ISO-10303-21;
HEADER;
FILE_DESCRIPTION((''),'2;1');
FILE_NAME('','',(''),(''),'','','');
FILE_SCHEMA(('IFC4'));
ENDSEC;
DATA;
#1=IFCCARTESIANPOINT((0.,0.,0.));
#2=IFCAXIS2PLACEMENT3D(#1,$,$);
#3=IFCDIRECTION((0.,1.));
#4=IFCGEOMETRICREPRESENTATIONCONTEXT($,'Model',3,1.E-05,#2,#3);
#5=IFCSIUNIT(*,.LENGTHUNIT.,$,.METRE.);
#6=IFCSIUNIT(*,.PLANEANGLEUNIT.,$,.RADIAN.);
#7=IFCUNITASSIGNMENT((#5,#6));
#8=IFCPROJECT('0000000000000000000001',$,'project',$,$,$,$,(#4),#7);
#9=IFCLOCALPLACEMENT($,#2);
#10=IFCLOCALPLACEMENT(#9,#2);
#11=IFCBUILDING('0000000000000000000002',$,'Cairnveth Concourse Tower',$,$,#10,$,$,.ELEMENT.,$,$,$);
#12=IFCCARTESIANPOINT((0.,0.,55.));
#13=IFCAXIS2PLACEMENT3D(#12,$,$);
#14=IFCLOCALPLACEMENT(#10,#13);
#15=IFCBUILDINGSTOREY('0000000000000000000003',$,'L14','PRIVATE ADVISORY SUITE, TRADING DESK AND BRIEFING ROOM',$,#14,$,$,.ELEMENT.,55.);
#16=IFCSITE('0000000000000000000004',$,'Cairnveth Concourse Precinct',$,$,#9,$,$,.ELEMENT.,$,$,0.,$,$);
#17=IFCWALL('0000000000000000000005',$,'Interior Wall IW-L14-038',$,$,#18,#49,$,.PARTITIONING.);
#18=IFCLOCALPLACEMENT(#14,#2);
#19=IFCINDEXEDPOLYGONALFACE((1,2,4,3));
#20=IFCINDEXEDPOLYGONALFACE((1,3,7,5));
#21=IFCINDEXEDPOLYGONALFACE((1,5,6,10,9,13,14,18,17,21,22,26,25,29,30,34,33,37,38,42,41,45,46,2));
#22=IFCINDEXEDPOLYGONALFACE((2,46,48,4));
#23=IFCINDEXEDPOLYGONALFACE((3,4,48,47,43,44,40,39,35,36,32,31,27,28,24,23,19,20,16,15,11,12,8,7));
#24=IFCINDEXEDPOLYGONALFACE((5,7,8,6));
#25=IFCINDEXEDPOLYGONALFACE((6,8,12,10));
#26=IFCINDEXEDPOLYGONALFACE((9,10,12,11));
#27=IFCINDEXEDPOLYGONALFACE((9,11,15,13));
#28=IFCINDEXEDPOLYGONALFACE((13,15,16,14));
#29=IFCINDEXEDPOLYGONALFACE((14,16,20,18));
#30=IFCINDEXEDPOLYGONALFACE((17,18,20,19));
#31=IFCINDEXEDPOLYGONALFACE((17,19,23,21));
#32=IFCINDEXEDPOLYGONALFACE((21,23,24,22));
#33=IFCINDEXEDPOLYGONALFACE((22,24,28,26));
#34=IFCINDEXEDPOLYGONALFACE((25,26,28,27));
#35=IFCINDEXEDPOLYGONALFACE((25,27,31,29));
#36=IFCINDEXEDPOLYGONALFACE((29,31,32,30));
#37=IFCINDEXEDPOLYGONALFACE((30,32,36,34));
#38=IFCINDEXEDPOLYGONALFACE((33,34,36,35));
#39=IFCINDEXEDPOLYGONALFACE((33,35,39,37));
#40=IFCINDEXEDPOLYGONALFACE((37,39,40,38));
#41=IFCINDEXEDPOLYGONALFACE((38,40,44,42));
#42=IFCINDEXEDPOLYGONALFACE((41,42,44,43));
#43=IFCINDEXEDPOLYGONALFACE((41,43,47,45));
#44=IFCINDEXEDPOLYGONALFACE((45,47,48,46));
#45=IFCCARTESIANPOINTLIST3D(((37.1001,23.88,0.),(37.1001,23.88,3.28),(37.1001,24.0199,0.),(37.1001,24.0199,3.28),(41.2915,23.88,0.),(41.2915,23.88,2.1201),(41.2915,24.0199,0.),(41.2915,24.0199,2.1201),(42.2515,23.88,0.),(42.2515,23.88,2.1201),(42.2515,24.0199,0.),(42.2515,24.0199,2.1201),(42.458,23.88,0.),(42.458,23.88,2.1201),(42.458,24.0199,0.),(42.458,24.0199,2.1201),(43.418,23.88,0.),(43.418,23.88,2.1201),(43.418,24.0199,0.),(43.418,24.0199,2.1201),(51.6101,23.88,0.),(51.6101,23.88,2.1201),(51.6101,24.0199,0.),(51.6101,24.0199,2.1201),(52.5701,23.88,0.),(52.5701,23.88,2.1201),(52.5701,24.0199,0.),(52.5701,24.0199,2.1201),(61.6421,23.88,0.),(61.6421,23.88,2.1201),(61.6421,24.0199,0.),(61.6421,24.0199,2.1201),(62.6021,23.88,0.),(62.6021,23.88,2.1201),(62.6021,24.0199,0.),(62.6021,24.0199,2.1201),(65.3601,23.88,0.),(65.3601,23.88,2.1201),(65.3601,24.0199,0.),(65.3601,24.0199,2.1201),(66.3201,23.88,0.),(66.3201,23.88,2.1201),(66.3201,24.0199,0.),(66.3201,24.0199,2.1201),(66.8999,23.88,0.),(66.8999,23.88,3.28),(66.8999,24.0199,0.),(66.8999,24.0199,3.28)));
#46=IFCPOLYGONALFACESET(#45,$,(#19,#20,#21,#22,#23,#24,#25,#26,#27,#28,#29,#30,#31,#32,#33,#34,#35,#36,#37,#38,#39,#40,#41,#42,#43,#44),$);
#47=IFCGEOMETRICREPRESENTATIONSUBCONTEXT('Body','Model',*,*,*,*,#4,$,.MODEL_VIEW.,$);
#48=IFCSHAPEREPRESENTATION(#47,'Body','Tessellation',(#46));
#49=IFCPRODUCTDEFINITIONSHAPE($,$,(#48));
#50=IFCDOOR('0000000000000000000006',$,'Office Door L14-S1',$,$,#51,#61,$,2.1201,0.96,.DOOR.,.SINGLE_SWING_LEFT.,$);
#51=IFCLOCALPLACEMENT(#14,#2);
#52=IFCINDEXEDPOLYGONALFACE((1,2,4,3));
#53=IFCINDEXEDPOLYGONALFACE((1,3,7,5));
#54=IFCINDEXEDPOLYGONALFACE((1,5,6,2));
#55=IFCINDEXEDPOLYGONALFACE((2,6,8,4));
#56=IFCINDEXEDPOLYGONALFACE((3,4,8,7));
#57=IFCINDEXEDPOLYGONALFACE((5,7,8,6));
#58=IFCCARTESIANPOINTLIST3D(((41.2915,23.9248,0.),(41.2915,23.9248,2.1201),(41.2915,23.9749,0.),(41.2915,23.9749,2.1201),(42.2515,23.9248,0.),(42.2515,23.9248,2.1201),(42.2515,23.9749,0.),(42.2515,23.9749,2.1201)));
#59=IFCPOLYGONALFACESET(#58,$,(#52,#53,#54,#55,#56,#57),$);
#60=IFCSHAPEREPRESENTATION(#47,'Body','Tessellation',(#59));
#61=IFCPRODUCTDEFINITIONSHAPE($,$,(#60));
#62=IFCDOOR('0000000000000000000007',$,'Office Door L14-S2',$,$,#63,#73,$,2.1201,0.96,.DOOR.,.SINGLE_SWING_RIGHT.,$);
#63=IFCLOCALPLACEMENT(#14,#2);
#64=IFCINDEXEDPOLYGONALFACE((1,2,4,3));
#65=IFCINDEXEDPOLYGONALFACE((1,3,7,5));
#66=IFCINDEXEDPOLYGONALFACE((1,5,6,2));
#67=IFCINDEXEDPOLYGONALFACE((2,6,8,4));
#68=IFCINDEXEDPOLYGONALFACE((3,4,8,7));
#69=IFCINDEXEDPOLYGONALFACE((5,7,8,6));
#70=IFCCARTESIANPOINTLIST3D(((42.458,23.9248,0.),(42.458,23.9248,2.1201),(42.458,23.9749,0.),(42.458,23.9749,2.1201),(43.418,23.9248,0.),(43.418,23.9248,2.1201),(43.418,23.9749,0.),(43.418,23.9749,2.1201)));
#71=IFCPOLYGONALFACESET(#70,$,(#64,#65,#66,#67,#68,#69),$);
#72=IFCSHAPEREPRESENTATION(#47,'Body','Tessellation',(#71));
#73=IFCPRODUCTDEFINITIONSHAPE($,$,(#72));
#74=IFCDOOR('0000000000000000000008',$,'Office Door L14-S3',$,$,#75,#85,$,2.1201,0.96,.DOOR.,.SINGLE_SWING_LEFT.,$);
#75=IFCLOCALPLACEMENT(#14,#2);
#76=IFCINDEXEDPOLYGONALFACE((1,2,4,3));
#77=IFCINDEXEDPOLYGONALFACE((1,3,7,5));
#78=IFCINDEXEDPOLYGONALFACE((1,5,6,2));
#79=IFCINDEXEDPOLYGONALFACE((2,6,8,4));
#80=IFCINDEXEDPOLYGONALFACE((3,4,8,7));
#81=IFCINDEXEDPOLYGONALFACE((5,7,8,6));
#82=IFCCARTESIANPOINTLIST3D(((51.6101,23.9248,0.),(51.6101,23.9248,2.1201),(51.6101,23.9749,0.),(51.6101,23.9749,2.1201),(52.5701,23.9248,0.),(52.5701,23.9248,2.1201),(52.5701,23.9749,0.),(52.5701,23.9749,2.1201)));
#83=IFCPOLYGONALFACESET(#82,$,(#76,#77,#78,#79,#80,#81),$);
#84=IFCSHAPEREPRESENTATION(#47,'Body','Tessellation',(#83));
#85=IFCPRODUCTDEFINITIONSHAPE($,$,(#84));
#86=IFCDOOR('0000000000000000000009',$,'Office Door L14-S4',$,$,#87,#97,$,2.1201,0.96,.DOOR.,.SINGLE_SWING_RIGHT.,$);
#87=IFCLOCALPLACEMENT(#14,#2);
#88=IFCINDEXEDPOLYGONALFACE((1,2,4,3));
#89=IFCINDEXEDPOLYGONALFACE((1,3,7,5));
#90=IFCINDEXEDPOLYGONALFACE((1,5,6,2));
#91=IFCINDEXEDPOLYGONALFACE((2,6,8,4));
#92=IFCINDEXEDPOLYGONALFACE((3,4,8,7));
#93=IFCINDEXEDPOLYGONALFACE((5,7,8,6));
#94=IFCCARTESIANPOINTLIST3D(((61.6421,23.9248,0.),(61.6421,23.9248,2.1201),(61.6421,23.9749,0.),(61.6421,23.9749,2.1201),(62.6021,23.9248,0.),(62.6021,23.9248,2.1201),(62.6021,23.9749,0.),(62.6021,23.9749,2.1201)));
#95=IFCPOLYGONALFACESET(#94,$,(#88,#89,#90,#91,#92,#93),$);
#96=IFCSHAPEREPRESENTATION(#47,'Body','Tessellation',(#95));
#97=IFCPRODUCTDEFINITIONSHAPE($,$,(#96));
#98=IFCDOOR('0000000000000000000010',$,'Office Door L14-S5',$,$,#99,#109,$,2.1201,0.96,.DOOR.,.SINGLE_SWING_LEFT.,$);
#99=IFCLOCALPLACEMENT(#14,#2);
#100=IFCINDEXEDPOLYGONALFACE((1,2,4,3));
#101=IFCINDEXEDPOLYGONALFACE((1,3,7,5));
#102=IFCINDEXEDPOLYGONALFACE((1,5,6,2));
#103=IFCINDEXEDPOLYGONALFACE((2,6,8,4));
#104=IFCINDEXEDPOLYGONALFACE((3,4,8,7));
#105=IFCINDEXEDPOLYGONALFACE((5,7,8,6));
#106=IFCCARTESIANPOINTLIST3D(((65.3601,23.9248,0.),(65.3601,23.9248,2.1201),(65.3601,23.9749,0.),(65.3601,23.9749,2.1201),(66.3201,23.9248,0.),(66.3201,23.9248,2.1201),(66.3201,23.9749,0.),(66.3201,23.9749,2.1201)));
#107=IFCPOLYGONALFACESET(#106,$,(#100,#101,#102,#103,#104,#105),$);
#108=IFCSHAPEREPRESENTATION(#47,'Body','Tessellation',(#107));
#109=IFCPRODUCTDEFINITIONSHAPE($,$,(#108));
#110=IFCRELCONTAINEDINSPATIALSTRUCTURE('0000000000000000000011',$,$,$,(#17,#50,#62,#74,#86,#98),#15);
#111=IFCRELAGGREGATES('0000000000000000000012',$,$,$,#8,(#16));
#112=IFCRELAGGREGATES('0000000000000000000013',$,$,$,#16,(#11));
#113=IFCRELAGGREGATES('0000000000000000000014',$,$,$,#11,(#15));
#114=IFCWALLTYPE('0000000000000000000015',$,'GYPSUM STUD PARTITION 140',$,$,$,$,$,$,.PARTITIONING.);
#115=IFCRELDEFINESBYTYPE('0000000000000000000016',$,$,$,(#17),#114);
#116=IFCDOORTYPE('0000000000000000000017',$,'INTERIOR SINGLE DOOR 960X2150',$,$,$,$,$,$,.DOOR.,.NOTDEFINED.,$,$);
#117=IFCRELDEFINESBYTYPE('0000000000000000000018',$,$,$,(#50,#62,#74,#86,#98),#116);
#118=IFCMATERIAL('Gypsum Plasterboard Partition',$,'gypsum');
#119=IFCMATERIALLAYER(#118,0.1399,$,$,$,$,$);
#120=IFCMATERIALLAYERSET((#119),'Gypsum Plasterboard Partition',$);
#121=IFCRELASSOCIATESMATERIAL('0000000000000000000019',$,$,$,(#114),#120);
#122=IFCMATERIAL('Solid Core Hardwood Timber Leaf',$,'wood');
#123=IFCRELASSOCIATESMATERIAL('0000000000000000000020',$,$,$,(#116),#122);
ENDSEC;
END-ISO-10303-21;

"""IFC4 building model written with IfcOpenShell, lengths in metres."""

from ifc_helpers import new_model, si_unit, direction, frame, frame_2d, origin, place, context, subcontext, project, spatial, rectangle, extrude, material, layer, layer_set, type_object, element, fill, save


model = new_model("IFC4")

# Units and contexts
model_context = context("Model", 3, precision=1e-05, world=origin(), true_north=direction((0.0, 1.0)))
body_context = subcontext(model_context, "Body", "Model", "MODEL_VIEW")
ifc_project = project(units=[si_unit("LENGTHUNIT", "METRE"), si_unit("PLANEANGLEUNIT", "RADIAN")], contexts=[model_context])

# Site, building, storey
site_placement = place(None, origin())
site = spatial("IfcSite", under=ifc_project, at=site_placement, Name="Cairnveth Concourse Precinct", CompositionType="ELEMENT", RefElevation=0.0)
building_placement = place(site_placement, origin())
building = spatial("IfcBuilding", under=site, at=building_placement, Name="Cairnveth Concourse Tower", CompositionType="ELEMENT")
storey_placement = place(building_placement, frame((0.0, 0.0, 55.0)))
storey = spatial("IfcBuildingStorey", under=building, at=storey_placement, Name="L14", Description="PRIVATE ADVISORY SUITE, TRADING DESK AND BRIEFING ROOM", CompositionType="ELEMENT", Elevation=55.0)

# Wall, openings, doors
ifc_material_1 = material(Name="Gypsum Plasterboard Partition", Category="gypsum")
ifc_layer_1 = layer(ifc_material_1, 0.1399)
ifc_layer_set_1 = layer_set([ifc_layer_1], Name="Gypsum Plasterboard Partition")
wall_type_1 = type_object("IfcWallType", Name="GYPSUM STUD PARTITION 140", PredefinedType="PARTITIONING", material=ifc_layer_set_1)
wall_1_placement = place(storey_placement, frame((37.1001, 23.95, 0.0), z_axis=(0.0, 0.0, 1.0), x_axis=(1.0, 0.0, 0.0)))
wall_1 = element("IfcWall", 1, at=wall_1_placement, inside=storey, type_object=wall_type_1, Name="Interior Wall IW-L14-038", PredefinedType="PARTITIONING", context=body_context, shape_type="SweptSolid", body=[
    extrude(rectangle(XDim=29.7998, YDim=0.1399, at=frame_2d((14.8999, 0.0))), origin(), (0.0, 0.0, 1.0), 3.28),
])
opening_1_placement = place(wall_1_placement, frame((4.1914, 0.0, 0.0)))
opening_1 = element("IfcOpeningElement", 2, at=opening_1_placement, cuts=wall_1, PredefinedType="OPENING", context=body_context, shape_type="SweptSolid", body=[
    extrude(rectangle(XDim=0.96, YDim=2.1201, at=frame_2d((0.48, 1.0601))), frame((0.0, 0.0798, 0.0), z_axis=(0.0, -1.0, 0.0), x_axis=(1.0, 0.0, 0.0)), (0.0, 0.0, 1.0), 0.1599),
])
opening_2_placement = place(wall_1_placement, frame((5.3579, 0.0, 0.0)))
opening_2 = element("IfcOpeningElement", 3, at=opening_2_placement, cuts=wall_1, PredefinedType="OPENING", context=body_context, shape_type="SweptSolid", body=[
    extrude(rectangle(XDim=0.96, YDim=2.1201, at=frame_2d((0.48, 1.0601))), frame((0.0, 0.0798, 0.0), z_axis=(0.0, -1.0, 0.0), x_axis=(1.0, 0.0, 0.0)), (0.0, 0.0, 1.0), 0.1599),
])
opening_3_placement = place(wall_1_placement, frame((14.51, 0.0, 0.0)))
opening_3 = element("IfcOpeningElement", 4, at=opening_3_placement, cuts=wall_1, PredefinedType="OPENING", context=body_context, shape_type="SweptSolid", body=[
    extrude(rectangle(XDim=0.96, YDim=2.1201, at=frame_2d((0.48, 1.0601))), frame((0.0, 0.0798, 0.0), z_axis=(0.0, -1.0, 0.0), x_axis=(1.0, 0.0, 0.0)), (0.0, 0.0, 1.0), 0.1599),
])
opening_4_placement = place(wall_1_placement, frame((24.542, 0.0, 0.0)))
opening_4 = element("IfcOpeningElement", 5, at=opening_4_placement, cuts=wall_1, PredefinedType="OPENING", context=body_context, shape_type="SweptSolid", body=[
    extrude(rectangle(XDim=0.96, YDim=2.1201, at=frame_2d((0.48, 1.0601))), frame((0.0, 0.0798, 0.0), z_axis=(0.0, -1.0, 0.0), x_axis=(1.0, 0.0, 0.0)), (0.0, 0.0, 1.0), 0.1599),
])
opening_5_placement = place(wall_1_placement, frame((28.26, 0.0, 0.0)))
opening_5 = element("IfcOpeningElement", 6, at=opening_5_placement, cuts=wall_1, PredefinedType="OPENING", context=body_context, shape_type="SweptSolid", body=[
    extrude(rectangle(XDim=0.96, YDim=2.1201, at=frame_2d((0.48, 1.0601))), frame((0.0, 0.0798, 0.0), z_axis=(0.0, -1.0, 0.0), x_axis=(1.0, 0.0, 0.0)), (0.0, 0.0, 1.0), 0.1599),
])
ifc_material_2 = material(Name="Solid Core Hardwood Timber Leaf", Category="wood")
door_type = type_object("IfcDoorType", Name="INTERIOR SINGLE DOOR 960X2150", OperationType="NOTDEFINED", PredefinedType="DOOR", material=ifc_material_2)
door_1_placement = place(opening_1_placement, origin())
door_1 = element("IfcDoor", 7, at=door_1_placement, inside=storey, type_object=door_type, Name="Office Door L14-S1", OperationType="SINGLE_SWING_LEFT", OverallHeight=2.1201, OverallWidth=0.96, PredefinedType="DOOR", context=body_context, shape_type="SweptSolid", body=[
    extrude(rectangle(XDim=0.96, YDim=2.1201, at=frame_2d((0.48, 1.0601))), frame((0.0, 0.0249, 0.0), z_axis=(0.0, -1.0, 0.0), x_axis=(1.0, 0.0, 0.0)), (0.0, 0.0, 1.0), 0.05),
])
fill(opening_1, door_1)
door_2_placement = place(opening_2_placement, origin())
door_2 = element("IfcDoor", 8, at=door_2_placement, inside=storey, type_object=door_type, Name="Office Door L14-S2", OperationType="SINGLE_SWING_RIGHT", OverallHeight=2.1201, OverallWidth=0.96, PredefinedType="DOOR", context=body_context, shape_type="SweptSolid", body=[
    extrude(rectangle(XDim=0.96, YDim=2.1201, at=frame_2d((0.48, 1.0601))), frame((0.0, 0.0249, 0.0), z_axis=(0.0, -1.0, 0.0), x_axis=(1.0, 0.0, 0.0)), (0.0, 0.0, 1.0), 0.05),
])
fill(opening_2, door_2)
door_3_placement = place(opening_3_placement, origin())
door_3 = element("IfcDoor", 9, at=door_3_placement, inside=storey, type_object=door_type, Name="Office Door L14-S3", OperationType="SINGLE_SWING_LEFT", OverallHeight=2.1201, OverallWidth=0.96, PredefinedType="DOOR", context=body_context, shape_type="SweptSolid", body=[
    extrude(rectangle(XDim=0.96, YDim=2.1201, at=frame_2d((0.48, 1.0601))), frame((0.0, 0.0249, 0.0), z_axis=(0.0, -1.0, 0.0), x_axis=(1.0, 0.0, 0.0)), (0.0, 0.0, 1.0), 0.05),
])
fill(opening_3, door_3)
door_4_placement = place(opening_4_placement, origin())
door_4 = element("IfcDoor", 10, at=door_4_placement, inside=storey, type_object=door_type, Name="Office Door L14-S4", OperationType="SINGLE_SWING_RIGHT", OverallHeight=2.1201, OverallWidth=0.96, PredefinedType="DOOR", context=body_context, shape_type="SweptSolid", body=[
    extrude(rectangle(XDim=0.96, YDim=2.1201, at=frame_2d((0.48, 1.0601))), frame((0.0, 0.0249, 0.0), z_axis=(0.0, -1.0, 0.0), x_axis=(1.0, 0.0, 0.0)), (0.0, 0.0, 1.0), 0.05),
])
fill(opening_4, door_4)
door_5_placement = place(opening_5_placement, origin())
door_5 = element("IfcDoor", 11, at=door_5_placement, inside=storey, type_object=door_type, Name="Office Door L14-S5", OperationType="SINGLE_SWING_LEFT", OverallHeight=2.1201, OverallWidth=0.96, PredefinedType="DOOR", context=body_context, shape_type="SweptSolid", body=[
    extrude(rectangle(XDim=0.96, YDim=2.1201, at=frame_2d((0.48, 1.0601))), frame((0.0, 0.0249, 0.0), z_axis=(0.0, -1.0, 0.0), x_axis=(1.0, 0.0, 0.0)), (0.0, 0.0, 1.0), 0.05),
])
fill(opening_5, door_5)

save(model, "model.ifc")
